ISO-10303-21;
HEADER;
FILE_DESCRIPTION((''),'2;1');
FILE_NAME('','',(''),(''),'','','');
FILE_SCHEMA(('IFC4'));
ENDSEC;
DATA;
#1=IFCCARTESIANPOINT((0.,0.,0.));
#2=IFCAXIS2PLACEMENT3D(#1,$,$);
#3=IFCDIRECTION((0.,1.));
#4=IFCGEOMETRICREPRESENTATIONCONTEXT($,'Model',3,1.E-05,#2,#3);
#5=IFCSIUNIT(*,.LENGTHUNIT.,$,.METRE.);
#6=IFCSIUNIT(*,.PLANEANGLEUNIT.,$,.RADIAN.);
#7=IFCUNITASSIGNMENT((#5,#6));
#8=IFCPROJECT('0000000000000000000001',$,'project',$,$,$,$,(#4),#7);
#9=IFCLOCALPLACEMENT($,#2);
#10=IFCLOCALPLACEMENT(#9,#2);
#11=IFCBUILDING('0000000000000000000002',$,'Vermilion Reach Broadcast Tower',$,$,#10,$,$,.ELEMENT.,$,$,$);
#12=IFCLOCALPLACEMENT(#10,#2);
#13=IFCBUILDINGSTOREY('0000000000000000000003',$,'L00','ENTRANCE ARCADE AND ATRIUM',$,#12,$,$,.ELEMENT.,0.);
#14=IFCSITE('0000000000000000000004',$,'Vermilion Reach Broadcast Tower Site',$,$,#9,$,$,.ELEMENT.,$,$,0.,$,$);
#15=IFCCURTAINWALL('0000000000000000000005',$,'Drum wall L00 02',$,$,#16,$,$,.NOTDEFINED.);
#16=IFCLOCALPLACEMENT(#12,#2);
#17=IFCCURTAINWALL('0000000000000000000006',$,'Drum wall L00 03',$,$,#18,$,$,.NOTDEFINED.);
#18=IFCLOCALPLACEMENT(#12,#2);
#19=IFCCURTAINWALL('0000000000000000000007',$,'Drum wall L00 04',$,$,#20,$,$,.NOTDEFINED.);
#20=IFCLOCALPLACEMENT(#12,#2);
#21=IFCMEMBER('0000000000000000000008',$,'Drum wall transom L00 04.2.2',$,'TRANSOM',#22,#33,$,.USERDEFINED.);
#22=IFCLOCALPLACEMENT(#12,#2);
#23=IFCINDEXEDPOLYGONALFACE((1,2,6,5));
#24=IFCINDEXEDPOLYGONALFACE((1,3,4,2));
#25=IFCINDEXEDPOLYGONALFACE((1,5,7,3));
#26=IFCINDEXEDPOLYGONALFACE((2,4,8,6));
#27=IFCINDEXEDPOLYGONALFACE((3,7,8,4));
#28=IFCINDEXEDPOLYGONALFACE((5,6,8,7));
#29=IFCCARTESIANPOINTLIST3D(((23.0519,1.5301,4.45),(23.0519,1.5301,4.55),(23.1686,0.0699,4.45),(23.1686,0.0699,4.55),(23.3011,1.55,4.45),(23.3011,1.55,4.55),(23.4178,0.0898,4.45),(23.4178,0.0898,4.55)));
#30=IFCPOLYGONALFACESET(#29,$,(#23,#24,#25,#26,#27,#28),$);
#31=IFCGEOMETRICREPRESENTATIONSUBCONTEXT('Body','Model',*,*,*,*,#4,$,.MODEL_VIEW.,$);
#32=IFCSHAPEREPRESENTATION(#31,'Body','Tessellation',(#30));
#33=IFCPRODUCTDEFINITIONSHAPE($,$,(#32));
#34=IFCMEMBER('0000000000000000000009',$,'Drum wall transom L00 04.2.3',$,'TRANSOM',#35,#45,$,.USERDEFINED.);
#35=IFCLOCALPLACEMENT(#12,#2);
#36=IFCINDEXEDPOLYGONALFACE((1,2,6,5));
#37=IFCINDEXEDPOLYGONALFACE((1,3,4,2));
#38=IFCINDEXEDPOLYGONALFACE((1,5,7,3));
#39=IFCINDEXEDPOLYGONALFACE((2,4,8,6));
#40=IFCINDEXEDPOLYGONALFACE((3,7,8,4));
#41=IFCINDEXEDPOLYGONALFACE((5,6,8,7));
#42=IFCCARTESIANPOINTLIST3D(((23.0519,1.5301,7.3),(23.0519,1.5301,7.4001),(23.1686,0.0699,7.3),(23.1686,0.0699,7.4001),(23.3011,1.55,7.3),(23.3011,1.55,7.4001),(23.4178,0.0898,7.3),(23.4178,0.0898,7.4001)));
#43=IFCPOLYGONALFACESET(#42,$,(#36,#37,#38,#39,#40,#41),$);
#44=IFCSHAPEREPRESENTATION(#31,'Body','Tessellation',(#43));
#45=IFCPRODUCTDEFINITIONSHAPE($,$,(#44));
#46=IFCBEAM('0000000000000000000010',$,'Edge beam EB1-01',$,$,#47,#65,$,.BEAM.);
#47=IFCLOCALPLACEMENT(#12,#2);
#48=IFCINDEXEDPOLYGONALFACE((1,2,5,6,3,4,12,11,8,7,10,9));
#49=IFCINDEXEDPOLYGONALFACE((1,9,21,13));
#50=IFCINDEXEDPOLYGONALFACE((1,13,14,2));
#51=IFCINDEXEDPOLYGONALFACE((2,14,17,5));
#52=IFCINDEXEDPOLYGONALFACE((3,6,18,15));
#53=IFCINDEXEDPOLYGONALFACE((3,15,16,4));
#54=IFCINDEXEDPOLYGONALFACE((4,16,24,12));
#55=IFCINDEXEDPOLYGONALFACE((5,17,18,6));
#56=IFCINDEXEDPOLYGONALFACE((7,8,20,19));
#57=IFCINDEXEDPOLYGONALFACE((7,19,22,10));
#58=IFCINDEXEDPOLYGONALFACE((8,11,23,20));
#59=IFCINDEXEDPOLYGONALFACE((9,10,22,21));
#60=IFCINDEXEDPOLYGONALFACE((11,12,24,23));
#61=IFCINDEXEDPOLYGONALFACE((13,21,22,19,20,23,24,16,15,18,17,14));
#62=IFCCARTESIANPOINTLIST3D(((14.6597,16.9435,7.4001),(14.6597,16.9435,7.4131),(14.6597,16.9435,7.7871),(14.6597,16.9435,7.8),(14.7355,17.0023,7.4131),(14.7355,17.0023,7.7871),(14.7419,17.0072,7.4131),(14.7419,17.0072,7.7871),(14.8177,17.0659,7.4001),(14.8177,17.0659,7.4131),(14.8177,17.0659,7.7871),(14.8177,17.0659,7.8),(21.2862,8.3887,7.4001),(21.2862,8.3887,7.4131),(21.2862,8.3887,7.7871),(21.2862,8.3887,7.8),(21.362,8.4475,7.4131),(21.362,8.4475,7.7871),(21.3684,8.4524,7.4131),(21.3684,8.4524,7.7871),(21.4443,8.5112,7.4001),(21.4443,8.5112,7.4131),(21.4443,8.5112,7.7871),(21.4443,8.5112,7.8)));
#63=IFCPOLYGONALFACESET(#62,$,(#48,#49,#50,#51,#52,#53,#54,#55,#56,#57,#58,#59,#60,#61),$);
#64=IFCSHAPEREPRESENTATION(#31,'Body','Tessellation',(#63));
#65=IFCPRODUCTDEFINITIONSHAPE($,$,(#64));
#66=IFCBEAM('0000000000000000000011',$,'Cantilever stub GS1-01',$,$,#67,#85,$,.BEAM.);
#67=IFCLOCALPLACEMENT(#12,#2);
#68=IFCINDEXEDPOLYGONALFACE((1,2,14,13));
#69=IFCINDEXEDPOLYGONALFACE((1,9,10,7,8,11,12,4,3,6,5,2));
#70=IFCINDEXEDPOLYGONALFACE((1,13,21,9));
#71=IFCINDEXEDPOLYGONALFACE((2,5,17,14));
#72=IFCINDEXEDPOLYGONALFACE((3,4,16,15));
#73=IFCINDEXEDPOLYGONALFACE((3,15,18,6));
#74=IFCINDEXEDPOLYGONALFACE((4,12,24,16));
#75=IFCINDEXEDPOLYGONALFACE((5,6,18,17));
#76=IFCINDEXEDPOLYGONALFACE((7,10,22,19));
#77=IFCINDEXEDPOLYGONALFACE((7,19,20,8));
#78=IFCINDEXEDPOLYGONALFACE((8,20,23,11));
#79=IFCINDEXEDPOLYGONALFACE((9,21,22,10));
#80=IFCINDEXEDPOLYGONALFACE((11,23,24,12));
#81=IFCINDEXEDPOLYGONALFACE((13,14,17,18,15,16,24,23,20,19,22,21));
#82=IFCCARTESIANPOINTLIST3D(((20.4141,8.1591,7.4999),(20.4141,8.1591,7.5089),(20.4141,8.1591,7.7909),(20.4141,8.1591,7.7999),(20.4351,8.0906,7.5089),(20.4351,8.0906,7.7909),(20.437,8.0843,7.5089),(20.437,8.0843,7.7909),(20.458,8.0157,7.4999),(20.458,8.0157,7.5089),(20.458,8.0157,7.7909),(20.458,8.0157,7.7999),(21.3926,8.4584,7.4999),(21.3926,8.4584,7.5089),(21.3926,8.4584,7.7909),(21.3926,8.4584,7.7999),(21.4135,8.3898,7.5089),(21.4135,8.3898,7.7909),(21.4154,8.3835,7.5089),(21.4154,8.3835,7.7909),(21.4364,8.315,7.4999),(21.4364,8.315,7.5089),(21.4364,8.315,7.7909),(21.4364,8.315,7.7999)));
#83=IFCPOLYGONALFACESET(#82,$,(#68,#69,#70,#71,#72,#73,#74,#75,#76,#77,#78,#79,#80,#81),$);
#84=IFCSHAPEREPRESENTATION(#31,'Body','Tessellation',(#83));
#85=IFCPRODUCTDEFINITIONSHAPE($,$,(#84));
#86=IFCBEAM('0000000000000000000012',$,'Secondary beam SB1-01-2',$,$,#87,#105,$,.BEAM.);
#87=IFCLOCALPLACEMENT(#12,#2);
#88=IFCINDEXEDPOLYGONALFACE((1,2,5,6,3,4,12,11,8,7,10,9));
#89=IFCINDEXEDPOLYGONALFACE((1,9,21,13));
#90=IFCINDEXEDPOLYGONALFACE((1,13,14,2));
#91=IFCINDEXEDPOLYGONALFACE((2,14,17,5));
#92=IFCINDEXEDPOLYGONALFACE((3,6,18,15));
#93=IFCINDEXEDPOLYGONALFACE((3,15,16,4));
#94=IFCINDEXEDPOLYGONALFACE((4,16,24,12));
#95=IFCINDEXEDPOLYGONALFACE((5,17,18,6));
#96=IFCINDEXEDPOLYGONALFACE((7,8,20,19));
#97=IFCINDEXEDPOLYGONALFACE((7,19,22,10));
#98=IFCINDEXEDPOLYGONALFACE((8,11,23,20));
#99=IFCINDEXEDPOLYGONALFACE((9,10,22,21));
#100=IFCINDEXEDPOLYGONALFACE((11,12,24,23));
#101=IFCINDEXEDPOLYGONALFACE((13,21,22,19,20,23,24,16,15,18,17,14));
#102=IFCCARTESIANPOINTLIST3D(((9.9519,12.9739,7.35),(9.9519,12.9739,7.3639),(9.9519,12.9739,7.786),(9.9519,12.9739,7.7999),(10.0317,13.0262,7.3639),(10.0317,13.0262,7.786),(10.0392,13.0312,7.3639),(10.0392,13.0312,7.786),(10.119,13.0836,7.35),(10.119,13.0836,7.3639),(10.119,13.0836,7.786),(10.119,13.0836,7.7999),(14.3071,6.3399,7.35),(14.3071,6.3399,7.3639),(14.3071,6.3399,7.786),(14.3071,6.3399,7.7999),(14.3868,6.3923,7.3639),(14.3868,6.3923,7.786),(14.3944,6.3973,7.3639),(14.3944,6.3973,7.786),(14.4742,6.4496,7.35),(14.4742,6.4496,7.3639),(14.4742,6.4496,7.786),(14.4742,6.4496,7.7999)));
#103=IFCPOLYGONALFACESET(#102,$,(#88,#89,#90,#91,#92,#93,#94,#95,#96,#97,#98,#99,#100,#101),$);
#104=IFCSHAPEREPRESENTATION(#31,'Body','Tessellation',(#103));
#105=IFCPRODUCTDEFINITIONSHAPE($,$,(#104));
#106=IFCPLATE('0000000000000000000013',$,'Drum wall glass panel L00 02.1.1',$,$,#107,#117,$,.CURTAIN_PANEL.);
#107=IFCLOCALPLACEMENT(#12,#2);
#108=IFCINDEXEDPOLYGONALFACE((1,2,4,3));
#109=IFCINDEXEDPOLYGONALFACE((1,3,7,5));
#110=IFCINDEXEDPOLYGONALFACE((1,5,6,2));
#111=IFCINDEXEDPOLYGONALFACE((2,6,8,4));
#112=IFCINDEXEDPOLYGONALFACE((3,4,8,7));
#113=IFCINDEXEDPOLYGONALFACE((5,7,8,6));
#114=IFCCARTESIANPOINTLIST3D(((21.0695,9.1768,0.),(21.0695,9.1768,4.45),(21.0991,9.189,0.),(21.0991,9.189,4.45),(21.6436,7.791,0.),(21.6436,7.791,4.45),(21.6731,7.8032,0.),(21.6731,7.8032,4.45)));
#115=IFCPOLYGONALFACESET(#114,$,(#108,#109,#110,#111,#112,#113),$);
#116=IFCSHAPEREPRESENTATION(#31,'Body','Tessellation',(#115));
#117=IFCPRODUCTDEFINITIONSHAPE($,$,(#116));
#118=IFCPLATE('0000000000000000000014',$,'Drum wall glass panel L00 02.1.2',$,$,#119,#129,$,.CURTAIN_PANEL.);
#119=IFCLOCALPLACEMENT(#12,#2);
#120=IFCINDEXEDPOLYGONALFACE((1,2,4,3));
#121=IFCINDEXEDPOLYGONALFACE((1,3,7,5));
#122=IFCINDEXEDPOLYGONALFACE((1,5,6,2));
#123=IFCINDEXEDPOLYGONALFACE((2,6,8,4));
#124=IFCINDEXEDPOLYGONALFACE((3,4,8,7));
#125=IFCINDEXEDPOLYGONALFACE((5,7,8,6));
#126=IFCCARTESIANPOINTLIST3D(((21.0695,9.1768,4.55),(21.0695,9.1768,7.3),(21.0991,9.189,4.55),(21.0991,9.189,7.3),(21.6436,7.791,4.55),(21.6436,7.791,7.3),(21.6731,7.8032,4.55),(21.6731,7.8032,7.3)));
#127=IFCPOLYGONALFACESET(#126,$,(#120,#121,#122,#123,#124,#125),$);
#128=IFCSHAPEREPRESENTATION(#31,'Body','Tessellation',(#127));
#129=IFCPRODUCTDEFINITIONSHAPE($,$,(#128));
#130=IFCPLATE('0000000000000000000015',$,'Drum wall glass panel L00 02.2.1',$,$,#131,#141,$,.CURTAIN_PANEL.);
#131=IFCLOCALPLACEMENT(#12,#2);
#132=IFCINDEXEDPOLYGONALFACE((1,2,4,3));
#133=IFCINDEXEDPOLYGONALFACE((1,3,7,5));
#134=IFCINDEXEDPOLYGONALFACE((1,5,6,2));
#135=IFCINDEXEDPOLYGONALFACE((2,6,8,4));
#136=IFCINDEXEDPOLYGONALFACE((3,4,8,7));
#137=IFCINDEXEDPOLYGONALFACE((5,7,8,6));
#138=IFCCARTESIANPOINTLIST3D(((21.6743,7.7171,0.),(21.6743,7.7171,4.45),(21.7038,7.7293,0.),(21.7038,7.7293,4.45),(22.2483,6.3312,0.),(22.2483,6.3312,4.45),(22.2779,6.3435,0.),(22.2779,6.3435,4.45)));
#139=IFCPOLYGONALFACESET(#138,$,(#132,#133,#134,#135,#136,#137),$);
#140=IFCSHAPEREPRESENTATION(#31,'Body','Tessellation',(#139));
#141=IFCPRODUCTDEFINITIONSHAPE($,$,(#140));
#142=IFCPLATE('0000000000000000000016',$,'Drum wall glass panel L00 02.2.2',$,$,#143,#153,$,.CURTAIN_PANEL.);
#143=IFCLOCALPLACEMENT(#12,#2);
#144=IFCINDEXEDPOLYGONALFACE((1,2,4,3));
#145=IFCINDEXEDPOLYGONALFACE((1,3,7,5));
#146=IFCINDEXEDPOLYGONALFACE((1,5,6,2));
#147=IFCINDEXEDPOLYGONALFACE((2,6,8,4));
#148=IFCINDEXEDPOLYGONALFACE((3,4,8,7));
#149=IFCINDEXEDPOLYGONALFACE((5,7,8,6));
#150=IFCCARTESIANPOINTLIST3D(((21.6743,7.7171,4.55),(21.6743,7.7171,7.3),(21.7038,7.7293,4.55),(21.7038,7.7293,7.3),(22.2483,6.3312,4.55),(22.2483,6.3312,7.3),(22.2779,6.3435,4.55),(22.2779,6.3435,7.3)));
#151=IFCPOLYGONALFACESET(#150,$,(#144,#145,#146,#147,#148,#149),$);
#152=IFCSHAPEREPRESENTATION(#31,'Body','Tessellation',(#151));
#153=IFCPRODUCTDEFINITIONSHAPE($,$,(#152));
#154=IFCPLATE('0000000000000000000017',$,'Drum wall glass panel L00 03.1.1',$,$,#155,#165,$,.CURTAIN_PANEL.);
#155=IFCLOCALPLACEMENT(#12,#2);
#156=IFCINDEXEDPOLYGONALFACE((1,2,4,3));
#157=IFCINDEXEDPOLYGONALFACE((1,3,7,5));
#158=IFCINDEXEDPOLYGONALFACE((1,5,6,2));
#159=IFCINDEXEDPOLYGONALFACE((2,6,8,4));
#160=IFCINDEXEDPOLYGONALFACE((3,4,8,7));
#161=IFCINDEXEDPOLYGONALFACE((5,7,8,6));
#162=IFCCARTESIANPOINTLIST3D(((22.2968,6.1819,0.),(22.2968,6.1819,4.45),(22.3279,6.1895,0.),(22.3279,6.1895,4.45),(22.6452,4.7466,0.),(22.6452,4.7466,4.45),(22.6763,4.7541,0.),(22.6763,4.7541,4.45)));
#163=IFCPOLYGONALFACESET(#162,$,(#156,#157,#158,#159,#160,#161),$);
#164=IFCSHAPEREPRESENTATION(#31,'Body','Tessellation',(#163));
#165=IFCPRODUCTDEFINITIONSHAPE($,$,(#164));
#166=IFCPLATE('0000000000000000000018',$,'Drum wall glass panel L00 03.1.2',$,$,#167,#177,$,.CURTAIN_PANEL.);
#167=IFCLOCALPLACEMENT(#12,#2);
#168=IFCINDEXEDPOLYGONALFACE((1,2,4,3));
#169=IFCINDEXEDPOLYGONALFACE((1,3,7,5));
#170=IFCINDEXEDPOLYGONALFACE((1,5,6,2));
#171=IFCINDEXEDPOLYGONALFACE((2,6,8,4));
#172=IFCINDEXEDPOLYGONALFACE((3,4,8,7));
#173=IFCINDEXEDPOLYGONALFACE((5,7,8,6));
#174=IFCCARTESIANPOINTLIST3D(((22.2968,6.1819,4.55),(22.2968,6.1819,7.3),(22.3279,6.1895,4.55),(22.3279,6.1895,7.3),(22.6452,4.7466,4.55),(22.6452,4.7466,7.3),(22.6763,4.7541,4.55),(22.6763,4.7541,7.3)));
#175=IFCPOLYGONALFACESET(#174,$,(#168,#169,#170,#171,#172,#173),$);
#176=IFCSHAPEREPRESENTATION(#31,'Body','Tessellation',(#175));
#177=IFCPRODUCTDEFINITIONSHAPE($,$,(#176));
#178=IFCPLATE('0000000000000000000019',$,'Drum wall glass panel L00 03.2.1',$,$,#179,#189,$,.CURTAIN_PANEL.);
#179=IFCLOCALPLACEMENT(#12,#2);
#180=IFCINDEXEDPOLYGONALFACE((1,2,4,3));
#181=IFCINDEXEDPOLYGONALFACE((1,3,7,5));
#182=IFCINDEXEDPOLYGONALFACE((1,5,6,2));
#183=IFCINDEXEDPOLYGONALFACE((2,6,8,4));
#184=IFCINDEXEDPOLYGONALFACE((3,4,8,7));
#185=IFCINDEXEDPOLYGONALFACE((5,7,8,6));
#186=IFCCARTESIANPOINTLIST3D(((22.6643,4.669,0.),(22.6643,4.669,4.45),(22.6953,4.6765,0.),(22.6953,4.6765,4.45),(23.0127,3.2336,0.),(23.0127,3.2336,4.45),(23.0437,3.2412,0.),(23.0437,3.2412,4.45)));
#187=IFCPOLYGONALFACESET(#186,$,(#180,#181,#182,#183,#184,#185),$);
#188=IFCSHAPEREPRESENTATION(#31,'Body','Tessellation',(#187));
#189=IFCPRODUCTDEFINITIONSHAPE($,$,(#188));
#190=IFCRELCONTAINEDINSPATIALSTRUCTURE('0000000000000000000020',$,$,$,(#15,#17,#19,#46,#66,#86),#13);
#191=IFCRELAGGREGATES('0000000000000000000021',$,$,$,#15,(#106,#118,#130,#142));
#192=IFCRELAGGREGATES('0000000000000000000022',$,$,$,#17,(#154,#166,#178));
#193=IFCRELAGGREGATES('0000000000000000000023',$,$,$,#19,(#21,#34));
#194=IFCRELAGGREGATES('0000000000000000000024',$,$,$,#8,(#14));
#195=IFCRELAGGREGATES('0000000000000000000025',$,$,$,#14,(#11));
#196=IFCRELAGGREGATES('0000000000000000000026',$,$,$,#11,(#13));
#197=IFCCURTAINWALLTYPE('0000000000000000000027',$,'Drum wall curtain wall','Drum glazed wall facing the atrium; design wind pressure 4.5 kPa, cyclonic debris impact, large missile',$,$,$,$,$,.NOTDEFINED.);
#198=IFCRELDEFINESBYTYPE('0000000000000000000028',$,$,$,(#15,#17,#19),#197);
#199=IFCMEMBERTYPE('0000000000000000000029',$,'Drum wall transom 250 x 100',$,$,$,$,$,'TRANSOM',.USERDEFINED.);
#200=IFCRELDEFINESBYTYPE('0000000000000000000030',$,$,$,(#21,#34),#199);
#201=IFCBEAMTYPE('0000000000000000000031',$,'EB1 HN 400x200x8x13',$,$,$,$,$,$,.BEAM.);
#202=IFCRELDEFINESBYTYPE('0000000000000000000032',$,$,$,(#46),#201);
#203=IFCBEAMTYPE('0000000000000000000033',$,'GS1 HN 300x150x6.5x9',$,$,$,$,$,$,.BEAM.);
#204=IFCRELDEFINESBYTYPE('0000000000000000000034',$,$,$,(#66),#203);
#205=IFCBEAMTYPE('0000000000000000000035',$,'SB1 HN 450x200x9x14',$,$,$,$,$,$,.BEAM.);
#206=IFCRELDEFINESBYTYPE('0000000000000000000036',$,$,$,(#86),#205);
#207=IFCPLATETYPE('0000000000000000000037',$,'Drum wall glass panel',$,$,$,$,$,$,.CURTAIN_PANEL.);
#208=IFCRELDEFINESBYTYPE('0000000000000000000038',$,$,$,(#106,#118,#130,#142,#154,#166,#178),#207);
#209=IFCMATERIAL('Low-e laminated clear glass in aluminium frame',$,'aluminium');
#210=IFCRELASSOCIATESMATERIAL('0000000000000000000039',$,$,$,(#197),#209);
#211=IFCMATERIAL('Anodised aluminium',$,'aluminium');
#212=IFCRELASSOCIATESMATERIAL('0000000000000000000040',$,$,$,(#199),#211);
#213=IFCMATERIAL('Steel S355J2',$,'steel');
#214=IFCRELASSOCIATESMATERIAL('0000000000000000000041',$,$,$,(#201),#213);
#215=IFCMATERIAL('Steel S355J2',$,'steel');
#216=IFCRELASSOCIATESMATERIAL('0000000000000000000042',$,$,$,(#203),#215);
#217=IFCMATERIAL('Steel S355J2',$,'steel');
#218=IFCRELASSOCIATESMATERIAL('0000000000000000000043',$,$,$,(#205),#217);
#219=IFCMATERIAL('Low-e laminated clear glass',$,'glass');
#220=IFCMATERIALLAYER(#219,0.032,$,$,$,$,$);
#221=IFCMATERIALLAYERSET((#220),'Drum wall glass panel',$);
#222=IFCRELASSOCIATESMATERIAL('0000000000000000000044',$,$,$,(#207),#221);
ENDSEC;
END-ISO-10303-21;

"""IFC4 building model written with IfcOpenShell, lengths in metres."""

from ifc_helpers import new_model, si_unit, direction, frame, origin, origin_2d, place, context, subcontext, project, spatial, rectangle, i_section, extrude, material, layer, layer_set, material_profile, profile_set, type_object, element, aggregate, save


model = new_model("IFC4")

# Units and contexts
model_context = context("Model", 3, precision=1e-05, world=origin(), true_north=direction((0.0, 1.0)))
body_context = subcontext(model_context, "Body", "Model", "MODEL_VIEW")
ifc_project = project(units=[si_unit("LENGTHUNIT", "METRE"), si_unit("PLANEANGLEUNIT", "RADIAN")], contexts=[model_context])

# Site, building, storey
site_placement = place(None, origin())
site = spatial("IfcSite", under=ifc_project, at=site_placement, Name="Vermilion Reach Broadcast Tower Site", CompositionType="ELEMENT", RefElevation=0.0)
building_placement = place(site_placement, origin())
building = spatial("IfcBuilding", under=site, at=building_placement, Name="Vermilion Reach Broadcast Tower", CompositionType="ELEMENT")
storey_placement = place(building_placement, origin())
storey = spatial("IfcBuildingStorey", under=building, at=storey_placement, Name="L00", Description="ENTRANCE ARCADE AND ATRIUM", CompositionType="ELEMENT", Elevation=0.0)

# Curtain walls
ifc_material_1 = material(Name="Low-e laminated clear glass in aluminium frame", Category="aluminium")
curtain_wall_type = type_object("IfcCurtainWallType", Name="Drum wall curtain wall", Description="Drum glazed wall facing the atrium; design wind pressure 4.5 kPa, cyclonic debris impact, large missile", PredefinedType="NOTDEFINED", material=ifc_material_1)
placement = place(storey_placement, origin())
curtain_wall_1 = element("IfcCurtainWall", 1, at=placement, inside=storey, type_object=curtain_wall_type, Name="Drum wall L00 02", PredefinedType="NOTDEFINED")
curtain_wall_2 = element("IfcCurtainWall", 2, at=placement, inside=storey, type_object=curtain_wall_type, Name="Drum wall L00 03", PredefinedType="NOTDEFINED")
curtain_wall_3 = element("IfcCurtainWall", 3, at=placement, inside=storey, type_object=curtain_wall_type, Name="Drum wall L00 04", PredefinedType="NOTDEFINED")

# Members
ifc_material_2 = material(Name="Anodised aluminium", Category="aluminium")
ifc_material_profile_1 = material_profile(ifc_material_2, rectangle(XDim=0.25, YDim=0.1001, at=origin_2d()), Name="Drum wall transom 250 x 100")
ifc_profile_set_1 = profile_set([ifc_material_profile_1], Name="Anodised aluminium")
member_type_1 = type_object("IfcMemberType", Name="Drum wall transom 250 x 100", ElementType="TRANSOM", PredefinedType="USERDEFINED", material=ifc_profile_set_1)
member_1_placement = place(storey_placement, frame((23.1765, 1.54, 4.5), z_axis=(0.079666, -0.996822, 0.0), x_axis=(0.996822, 0.079666, 0.0)))
member_1 = element("IfcMember", 4, at=member_1_placement, type_object=member_type_1, Name="Drum wall transom L00 04.2.2", ObjectType="TRANSOM", PredefinedType="USERDEFINED", context=body_context, shape_type="SweptSolid", body=[
    extrude(rectangle(XDim=0.25, YDim=0.1001, at=origin_2d()), origin(), (0.0, 0.0, 1.0), 1.4648),
])
member_2_placement = place(storey_placement, frame((23.1765, 1.54, 7.3501), z_axis=(0.079666, -0.996822, 0.0), x_axis=(0.996822, 0.079666, 0.0)))
member_2 = element("IfcMember", 5, at=member_2_placement, type_object=member_type_1, Name="Drum wall transom L00 04.2.3", ObjectType="TRANSOM", PredefinedType="USERDEFINED", context=body_context, shape_type="SweptSolid", body=[
    extrude(rectangle(XDim=0.25, YDim=0.1001, at=origin_2d()), origin(), (0.0, 0.0, 1.0), 1.4648),
])

# Beams
ifc_material_3 = material(Name="Steel S355J2", Category="steel")
ifc_material_profile_2 = material_profile(ifc_material_3, i_section(OverallWidth=0.2, OverallDepth=0.3999, WebThickness=0.0081, FlangeThickness=0.0129, at=origin_2d()), Name="S355J2 HN 400x200x8x13")
ifc_profile_set_2 = profile_set([ifc_material_profile_2], Name="Steel S355J2")
beam_type_1 = type_object("IfcBeamType", Name="EB1 HN 400x200x8x13", PredefinedType="BEAM", material=ifc_profile_set_2)
beam_1_placement = place(storey_placement, frame((21.3652, 8.45, 7.6001), z_axis=(-0.612374, 0.790568, 0.0), x_axis=(-0.790568, -0.612374, 0.0)))
element("IfcBeam", 6, at=beam_1_placement, inside=storey, type_object=beam_type_1, Name="Edge beam EB1-01", PredefinedType="BEAM", context=body_context, shape_type="SweptSolid", body=[
    extrude(i_section(OverallWidth=0.2, OverallDepth=0.3999, WebThickness=0.0081, FlangeThickness=0.0129, at=origin_2d()), origin(), (0.0, 0.0, 1.0), 10.821),
])
ifc_material_4 = material(Name="Steel S355J2", Category="steel")
ifc_material_profile_3 = material_profile(ifc_material_4, i_section(OverallWidth=0.1499, OverallDepth=0.3, WebThickness=0.0066, FlangeThickness=0.009, at=origin_2d()), Name="S355J2 HN 300x150x6.5x9")
ifc_profile_set_3 = profile_set([ifc_material_profile_3], Name="Steel S355J2")
beam_type_2 = type_object("IfcBeamType", Name="GS1 HN 300x150x6.5x9", PredefinedType="BEAM", material=ifc_profile_set_3)
beam_2_placement = place(storey_placement, frame((20.436, 8.0874, 7.6499), z_axis=(0.956263, 0.292509, 0.0), x_axis=(-0.292509, 0.956263, 0.0)))
element("IfcBeam", 7, at=beam_2_placement, inside=storey, type_object=beam_type_2, Name="Cantilever stub GS1-01", PredefinedType="BEAM", context=body_context, shape_type="SweptSolid", body=[
    extrude(i_section(OverallWidth=0.1499, OverallDepth=0.3, WebThickness=0.0066, FlangeThickness=0.009, at=origin_2d()), origin(), (0.0, 0.0, 1.0), 1.0232),
])
ifc_material_5 = material(Name="Steel S355J2", Category="steel")
ifc_material_profile_4 = material_profile(ifc_material_5, i_section(OverallWidth=0.2, OverallDepth=0.45, WebThickness=0.009, FlangeThickness=0.0139, at=origin_2d()), Name="S355J2 HN 450x200x9x14")
ifc_profile_set_4 = profile_set([ifc_material_profile_4], Name="Steel S355J2")
beam_type_3 = type_object("IfcBeamType", Name="SB1 HN 450x200x9x14", PredefinedType="BEAM", material=ifc_profile_set_4)
beam_3_placement = place(storey_placement, frame((14.3906, 6.3948, 7.575), z_axis=(-0.548801, 0.835953, 0.0), x_axis=(-0.835953, -0.548801, 0.0)))
element("IfcBeam", 8, at=beam_3_placement, inside=storey, type_object=beam_type_3, Name="Secondary beam SB1-01-2", PredefinedType="BEAM", context=body_context, shape_type="SweptSolid", body=[
    extrude(i_section(OverallWidth=0.2, OverallDepth=0.45, WebThickness=0.009, FlangeThickness=0.0139, at=origin_2d()), origin(), (0.0, 0.0, 1.0), 7.9358),
])

# Plates
ifc_material_6 = material(Name="Low-e laminated clear glass", Category="glass")
ifc_layer = layer(ifc_material_6, 0.032)
ifc_layer_set = layer_set([ifc_layer], Name="Drum wall glass panel")
plate_type = type_object("IfcPlateType", Name="Drum wall glass panel", PredefinedType="CURTAIN_PANEL", material=ifc_layer_set)
plate_1_placement = place(storey_placement, frame((21.3713, 8.49, 0.0), z_axis=(0.0, 0.0, 1.0), x_axis=(0.382693, -0.923875, 0.0)))
plate_1 = element("IfcPlate", 9, at=plate_1_placement, type_object=plate_type, Name="Drum wall glass panel L00 02.1.1", PredefinedType="CURTAIN_PANEL", context=body_context, shape_type="SweptSolid", body=[
    extrude(rectangle(XDim=1.5, YDim=0.032, at=origin_2d()), origin(), (0.0, 0.0, 1.0), 4.45),
])
plate_2_placement = place(storey_placement, frame((21.3713, 8.49, 4.55), z_axis=(0.0, 0.0, 1.0), x_axis=(0.382693, -0.923875, 0.0)))
plate_2 = element("IfcPlate", 10, at=plate_2_placement, type_object=plate_type, Name="Drum wall glass panel L00 02.1.2", PredefinedType="CURTAIN_PANEL", context=body_context, shape_type="SweptSolid", body=[
    extrude(rectangle(XDim=1.5, YDim=0.032, at=origin_2d()), origin(), (0.0, 0.0, 1.0), 2.75),
])
plate_3_placement = place(storey_placement, frame((21.9761, 7.0303, 0.0), z_axis=(0.0, 0.0, 1.0), x_axis=(0.382693, -0.923875, 0.0)))
plate_3 = element("IfcPlate", 11, at=plate_3_placement, type_object=plate_type, Name="Drum wall glass panel L00 02.2.1", PredefinedType="CURTAIN_PANEL", context=body_context, shape_type="SweptSolid", body=[
    extrude(rectangle(XDim=1.5, YDim=0.032, at=origin_2d()), origin(), (0.0, 0.0, 1.0), 4.45),
])
plate_4_placement = place(storey_placement, frame((21.9761, 7.0303, 4.55), z_axis=(0.0, 0.0, 1.0), x_axis=(0.382693, -0.923875, 0.0)))
plate_4 = element("IfcPlate", 12, at=plate_4_placement, type_object=plate_type, Name="Drum wall glass panel L00 02.2.2", PredefinedType="CURTAIN_PANEL", context=body_context, shape_type="SweptSolid", body=[
    extrude(rectangle(XDim=1.5, YDim=0.032, at=origin_2d()), origin(), (0.0, 0.0, 1.0), 2.75),
])
aggregate(curtain_wall_1, [plate_1, plate_2, plate_3, plate_4])
plate_5_placement = place(storey_placement, frame((22.4866, 5.468, 0.0), z_axis=(0.0, 0.0, 1.0), x_axis=(0.235877, -0.971783, 0.0)))
plate_5 = element("IfcPlate", 13, at=plate_5_placement, type_object=plate_type, Name="Drum wall glass panel L00 03.1.1", PredefinedType="CURTAIN_PANEL", context=body_context, shape_type="SweptSolid", body=[
    extrude(rectangle(XDim=1.4771, YDim=0.032, at=origin_2d()), origin(), (0.0, 0.0, 1.0), 4.45),
])
plate_6_placement = place(storey_placement, frame((22.4866, 5.468, 4.55), z_axis=(0.0, 0.0, 1.0), x_axis=(0.235877, -0.971783, 0.0)))
plate_6 = element("IfcPlate", 14, at=plate_6_placement, type_object=plate_type, Name="Drum wall glass panel L00 03.1.2", PredefinedType="CURTAIN_PANEL", context=body_context, shape_type="SweptSolid", body=[
    extrude(rectangle(XDim=1.4771, YDim=0.032, at=origin_2d()), origin(), (0.0, 0.0, 1.0), 2.75),
])
plate_7_placement = place(storey_placement, frame((22.854, 3.9551, 0.0), z_axis=(0.0, 0.0, 1.0), x_axis=(0.235877, -0.971783, 0.0)))
plate_7 = element("IfcPlate", 15, at=plate_7_placement, type_object=plate_type, Name="Drum wall glass panel L00 03.2.1", PredefinedType="CURTAIN_PANEL", context=body_context, shape_type="SweptSolid", body=[
    extrude(rectangle(XDim=1.4771, YDim=0.032, at=origin_2d()), origin(), (0.0, 0.0, 1.0), 4.45),
])
aggregate(curtain_wall_2, [plate_5, plate_6, plate_7])
aggregate(curtain_wall_3, [member_1, member_2])

save(model, "model.ifc")
